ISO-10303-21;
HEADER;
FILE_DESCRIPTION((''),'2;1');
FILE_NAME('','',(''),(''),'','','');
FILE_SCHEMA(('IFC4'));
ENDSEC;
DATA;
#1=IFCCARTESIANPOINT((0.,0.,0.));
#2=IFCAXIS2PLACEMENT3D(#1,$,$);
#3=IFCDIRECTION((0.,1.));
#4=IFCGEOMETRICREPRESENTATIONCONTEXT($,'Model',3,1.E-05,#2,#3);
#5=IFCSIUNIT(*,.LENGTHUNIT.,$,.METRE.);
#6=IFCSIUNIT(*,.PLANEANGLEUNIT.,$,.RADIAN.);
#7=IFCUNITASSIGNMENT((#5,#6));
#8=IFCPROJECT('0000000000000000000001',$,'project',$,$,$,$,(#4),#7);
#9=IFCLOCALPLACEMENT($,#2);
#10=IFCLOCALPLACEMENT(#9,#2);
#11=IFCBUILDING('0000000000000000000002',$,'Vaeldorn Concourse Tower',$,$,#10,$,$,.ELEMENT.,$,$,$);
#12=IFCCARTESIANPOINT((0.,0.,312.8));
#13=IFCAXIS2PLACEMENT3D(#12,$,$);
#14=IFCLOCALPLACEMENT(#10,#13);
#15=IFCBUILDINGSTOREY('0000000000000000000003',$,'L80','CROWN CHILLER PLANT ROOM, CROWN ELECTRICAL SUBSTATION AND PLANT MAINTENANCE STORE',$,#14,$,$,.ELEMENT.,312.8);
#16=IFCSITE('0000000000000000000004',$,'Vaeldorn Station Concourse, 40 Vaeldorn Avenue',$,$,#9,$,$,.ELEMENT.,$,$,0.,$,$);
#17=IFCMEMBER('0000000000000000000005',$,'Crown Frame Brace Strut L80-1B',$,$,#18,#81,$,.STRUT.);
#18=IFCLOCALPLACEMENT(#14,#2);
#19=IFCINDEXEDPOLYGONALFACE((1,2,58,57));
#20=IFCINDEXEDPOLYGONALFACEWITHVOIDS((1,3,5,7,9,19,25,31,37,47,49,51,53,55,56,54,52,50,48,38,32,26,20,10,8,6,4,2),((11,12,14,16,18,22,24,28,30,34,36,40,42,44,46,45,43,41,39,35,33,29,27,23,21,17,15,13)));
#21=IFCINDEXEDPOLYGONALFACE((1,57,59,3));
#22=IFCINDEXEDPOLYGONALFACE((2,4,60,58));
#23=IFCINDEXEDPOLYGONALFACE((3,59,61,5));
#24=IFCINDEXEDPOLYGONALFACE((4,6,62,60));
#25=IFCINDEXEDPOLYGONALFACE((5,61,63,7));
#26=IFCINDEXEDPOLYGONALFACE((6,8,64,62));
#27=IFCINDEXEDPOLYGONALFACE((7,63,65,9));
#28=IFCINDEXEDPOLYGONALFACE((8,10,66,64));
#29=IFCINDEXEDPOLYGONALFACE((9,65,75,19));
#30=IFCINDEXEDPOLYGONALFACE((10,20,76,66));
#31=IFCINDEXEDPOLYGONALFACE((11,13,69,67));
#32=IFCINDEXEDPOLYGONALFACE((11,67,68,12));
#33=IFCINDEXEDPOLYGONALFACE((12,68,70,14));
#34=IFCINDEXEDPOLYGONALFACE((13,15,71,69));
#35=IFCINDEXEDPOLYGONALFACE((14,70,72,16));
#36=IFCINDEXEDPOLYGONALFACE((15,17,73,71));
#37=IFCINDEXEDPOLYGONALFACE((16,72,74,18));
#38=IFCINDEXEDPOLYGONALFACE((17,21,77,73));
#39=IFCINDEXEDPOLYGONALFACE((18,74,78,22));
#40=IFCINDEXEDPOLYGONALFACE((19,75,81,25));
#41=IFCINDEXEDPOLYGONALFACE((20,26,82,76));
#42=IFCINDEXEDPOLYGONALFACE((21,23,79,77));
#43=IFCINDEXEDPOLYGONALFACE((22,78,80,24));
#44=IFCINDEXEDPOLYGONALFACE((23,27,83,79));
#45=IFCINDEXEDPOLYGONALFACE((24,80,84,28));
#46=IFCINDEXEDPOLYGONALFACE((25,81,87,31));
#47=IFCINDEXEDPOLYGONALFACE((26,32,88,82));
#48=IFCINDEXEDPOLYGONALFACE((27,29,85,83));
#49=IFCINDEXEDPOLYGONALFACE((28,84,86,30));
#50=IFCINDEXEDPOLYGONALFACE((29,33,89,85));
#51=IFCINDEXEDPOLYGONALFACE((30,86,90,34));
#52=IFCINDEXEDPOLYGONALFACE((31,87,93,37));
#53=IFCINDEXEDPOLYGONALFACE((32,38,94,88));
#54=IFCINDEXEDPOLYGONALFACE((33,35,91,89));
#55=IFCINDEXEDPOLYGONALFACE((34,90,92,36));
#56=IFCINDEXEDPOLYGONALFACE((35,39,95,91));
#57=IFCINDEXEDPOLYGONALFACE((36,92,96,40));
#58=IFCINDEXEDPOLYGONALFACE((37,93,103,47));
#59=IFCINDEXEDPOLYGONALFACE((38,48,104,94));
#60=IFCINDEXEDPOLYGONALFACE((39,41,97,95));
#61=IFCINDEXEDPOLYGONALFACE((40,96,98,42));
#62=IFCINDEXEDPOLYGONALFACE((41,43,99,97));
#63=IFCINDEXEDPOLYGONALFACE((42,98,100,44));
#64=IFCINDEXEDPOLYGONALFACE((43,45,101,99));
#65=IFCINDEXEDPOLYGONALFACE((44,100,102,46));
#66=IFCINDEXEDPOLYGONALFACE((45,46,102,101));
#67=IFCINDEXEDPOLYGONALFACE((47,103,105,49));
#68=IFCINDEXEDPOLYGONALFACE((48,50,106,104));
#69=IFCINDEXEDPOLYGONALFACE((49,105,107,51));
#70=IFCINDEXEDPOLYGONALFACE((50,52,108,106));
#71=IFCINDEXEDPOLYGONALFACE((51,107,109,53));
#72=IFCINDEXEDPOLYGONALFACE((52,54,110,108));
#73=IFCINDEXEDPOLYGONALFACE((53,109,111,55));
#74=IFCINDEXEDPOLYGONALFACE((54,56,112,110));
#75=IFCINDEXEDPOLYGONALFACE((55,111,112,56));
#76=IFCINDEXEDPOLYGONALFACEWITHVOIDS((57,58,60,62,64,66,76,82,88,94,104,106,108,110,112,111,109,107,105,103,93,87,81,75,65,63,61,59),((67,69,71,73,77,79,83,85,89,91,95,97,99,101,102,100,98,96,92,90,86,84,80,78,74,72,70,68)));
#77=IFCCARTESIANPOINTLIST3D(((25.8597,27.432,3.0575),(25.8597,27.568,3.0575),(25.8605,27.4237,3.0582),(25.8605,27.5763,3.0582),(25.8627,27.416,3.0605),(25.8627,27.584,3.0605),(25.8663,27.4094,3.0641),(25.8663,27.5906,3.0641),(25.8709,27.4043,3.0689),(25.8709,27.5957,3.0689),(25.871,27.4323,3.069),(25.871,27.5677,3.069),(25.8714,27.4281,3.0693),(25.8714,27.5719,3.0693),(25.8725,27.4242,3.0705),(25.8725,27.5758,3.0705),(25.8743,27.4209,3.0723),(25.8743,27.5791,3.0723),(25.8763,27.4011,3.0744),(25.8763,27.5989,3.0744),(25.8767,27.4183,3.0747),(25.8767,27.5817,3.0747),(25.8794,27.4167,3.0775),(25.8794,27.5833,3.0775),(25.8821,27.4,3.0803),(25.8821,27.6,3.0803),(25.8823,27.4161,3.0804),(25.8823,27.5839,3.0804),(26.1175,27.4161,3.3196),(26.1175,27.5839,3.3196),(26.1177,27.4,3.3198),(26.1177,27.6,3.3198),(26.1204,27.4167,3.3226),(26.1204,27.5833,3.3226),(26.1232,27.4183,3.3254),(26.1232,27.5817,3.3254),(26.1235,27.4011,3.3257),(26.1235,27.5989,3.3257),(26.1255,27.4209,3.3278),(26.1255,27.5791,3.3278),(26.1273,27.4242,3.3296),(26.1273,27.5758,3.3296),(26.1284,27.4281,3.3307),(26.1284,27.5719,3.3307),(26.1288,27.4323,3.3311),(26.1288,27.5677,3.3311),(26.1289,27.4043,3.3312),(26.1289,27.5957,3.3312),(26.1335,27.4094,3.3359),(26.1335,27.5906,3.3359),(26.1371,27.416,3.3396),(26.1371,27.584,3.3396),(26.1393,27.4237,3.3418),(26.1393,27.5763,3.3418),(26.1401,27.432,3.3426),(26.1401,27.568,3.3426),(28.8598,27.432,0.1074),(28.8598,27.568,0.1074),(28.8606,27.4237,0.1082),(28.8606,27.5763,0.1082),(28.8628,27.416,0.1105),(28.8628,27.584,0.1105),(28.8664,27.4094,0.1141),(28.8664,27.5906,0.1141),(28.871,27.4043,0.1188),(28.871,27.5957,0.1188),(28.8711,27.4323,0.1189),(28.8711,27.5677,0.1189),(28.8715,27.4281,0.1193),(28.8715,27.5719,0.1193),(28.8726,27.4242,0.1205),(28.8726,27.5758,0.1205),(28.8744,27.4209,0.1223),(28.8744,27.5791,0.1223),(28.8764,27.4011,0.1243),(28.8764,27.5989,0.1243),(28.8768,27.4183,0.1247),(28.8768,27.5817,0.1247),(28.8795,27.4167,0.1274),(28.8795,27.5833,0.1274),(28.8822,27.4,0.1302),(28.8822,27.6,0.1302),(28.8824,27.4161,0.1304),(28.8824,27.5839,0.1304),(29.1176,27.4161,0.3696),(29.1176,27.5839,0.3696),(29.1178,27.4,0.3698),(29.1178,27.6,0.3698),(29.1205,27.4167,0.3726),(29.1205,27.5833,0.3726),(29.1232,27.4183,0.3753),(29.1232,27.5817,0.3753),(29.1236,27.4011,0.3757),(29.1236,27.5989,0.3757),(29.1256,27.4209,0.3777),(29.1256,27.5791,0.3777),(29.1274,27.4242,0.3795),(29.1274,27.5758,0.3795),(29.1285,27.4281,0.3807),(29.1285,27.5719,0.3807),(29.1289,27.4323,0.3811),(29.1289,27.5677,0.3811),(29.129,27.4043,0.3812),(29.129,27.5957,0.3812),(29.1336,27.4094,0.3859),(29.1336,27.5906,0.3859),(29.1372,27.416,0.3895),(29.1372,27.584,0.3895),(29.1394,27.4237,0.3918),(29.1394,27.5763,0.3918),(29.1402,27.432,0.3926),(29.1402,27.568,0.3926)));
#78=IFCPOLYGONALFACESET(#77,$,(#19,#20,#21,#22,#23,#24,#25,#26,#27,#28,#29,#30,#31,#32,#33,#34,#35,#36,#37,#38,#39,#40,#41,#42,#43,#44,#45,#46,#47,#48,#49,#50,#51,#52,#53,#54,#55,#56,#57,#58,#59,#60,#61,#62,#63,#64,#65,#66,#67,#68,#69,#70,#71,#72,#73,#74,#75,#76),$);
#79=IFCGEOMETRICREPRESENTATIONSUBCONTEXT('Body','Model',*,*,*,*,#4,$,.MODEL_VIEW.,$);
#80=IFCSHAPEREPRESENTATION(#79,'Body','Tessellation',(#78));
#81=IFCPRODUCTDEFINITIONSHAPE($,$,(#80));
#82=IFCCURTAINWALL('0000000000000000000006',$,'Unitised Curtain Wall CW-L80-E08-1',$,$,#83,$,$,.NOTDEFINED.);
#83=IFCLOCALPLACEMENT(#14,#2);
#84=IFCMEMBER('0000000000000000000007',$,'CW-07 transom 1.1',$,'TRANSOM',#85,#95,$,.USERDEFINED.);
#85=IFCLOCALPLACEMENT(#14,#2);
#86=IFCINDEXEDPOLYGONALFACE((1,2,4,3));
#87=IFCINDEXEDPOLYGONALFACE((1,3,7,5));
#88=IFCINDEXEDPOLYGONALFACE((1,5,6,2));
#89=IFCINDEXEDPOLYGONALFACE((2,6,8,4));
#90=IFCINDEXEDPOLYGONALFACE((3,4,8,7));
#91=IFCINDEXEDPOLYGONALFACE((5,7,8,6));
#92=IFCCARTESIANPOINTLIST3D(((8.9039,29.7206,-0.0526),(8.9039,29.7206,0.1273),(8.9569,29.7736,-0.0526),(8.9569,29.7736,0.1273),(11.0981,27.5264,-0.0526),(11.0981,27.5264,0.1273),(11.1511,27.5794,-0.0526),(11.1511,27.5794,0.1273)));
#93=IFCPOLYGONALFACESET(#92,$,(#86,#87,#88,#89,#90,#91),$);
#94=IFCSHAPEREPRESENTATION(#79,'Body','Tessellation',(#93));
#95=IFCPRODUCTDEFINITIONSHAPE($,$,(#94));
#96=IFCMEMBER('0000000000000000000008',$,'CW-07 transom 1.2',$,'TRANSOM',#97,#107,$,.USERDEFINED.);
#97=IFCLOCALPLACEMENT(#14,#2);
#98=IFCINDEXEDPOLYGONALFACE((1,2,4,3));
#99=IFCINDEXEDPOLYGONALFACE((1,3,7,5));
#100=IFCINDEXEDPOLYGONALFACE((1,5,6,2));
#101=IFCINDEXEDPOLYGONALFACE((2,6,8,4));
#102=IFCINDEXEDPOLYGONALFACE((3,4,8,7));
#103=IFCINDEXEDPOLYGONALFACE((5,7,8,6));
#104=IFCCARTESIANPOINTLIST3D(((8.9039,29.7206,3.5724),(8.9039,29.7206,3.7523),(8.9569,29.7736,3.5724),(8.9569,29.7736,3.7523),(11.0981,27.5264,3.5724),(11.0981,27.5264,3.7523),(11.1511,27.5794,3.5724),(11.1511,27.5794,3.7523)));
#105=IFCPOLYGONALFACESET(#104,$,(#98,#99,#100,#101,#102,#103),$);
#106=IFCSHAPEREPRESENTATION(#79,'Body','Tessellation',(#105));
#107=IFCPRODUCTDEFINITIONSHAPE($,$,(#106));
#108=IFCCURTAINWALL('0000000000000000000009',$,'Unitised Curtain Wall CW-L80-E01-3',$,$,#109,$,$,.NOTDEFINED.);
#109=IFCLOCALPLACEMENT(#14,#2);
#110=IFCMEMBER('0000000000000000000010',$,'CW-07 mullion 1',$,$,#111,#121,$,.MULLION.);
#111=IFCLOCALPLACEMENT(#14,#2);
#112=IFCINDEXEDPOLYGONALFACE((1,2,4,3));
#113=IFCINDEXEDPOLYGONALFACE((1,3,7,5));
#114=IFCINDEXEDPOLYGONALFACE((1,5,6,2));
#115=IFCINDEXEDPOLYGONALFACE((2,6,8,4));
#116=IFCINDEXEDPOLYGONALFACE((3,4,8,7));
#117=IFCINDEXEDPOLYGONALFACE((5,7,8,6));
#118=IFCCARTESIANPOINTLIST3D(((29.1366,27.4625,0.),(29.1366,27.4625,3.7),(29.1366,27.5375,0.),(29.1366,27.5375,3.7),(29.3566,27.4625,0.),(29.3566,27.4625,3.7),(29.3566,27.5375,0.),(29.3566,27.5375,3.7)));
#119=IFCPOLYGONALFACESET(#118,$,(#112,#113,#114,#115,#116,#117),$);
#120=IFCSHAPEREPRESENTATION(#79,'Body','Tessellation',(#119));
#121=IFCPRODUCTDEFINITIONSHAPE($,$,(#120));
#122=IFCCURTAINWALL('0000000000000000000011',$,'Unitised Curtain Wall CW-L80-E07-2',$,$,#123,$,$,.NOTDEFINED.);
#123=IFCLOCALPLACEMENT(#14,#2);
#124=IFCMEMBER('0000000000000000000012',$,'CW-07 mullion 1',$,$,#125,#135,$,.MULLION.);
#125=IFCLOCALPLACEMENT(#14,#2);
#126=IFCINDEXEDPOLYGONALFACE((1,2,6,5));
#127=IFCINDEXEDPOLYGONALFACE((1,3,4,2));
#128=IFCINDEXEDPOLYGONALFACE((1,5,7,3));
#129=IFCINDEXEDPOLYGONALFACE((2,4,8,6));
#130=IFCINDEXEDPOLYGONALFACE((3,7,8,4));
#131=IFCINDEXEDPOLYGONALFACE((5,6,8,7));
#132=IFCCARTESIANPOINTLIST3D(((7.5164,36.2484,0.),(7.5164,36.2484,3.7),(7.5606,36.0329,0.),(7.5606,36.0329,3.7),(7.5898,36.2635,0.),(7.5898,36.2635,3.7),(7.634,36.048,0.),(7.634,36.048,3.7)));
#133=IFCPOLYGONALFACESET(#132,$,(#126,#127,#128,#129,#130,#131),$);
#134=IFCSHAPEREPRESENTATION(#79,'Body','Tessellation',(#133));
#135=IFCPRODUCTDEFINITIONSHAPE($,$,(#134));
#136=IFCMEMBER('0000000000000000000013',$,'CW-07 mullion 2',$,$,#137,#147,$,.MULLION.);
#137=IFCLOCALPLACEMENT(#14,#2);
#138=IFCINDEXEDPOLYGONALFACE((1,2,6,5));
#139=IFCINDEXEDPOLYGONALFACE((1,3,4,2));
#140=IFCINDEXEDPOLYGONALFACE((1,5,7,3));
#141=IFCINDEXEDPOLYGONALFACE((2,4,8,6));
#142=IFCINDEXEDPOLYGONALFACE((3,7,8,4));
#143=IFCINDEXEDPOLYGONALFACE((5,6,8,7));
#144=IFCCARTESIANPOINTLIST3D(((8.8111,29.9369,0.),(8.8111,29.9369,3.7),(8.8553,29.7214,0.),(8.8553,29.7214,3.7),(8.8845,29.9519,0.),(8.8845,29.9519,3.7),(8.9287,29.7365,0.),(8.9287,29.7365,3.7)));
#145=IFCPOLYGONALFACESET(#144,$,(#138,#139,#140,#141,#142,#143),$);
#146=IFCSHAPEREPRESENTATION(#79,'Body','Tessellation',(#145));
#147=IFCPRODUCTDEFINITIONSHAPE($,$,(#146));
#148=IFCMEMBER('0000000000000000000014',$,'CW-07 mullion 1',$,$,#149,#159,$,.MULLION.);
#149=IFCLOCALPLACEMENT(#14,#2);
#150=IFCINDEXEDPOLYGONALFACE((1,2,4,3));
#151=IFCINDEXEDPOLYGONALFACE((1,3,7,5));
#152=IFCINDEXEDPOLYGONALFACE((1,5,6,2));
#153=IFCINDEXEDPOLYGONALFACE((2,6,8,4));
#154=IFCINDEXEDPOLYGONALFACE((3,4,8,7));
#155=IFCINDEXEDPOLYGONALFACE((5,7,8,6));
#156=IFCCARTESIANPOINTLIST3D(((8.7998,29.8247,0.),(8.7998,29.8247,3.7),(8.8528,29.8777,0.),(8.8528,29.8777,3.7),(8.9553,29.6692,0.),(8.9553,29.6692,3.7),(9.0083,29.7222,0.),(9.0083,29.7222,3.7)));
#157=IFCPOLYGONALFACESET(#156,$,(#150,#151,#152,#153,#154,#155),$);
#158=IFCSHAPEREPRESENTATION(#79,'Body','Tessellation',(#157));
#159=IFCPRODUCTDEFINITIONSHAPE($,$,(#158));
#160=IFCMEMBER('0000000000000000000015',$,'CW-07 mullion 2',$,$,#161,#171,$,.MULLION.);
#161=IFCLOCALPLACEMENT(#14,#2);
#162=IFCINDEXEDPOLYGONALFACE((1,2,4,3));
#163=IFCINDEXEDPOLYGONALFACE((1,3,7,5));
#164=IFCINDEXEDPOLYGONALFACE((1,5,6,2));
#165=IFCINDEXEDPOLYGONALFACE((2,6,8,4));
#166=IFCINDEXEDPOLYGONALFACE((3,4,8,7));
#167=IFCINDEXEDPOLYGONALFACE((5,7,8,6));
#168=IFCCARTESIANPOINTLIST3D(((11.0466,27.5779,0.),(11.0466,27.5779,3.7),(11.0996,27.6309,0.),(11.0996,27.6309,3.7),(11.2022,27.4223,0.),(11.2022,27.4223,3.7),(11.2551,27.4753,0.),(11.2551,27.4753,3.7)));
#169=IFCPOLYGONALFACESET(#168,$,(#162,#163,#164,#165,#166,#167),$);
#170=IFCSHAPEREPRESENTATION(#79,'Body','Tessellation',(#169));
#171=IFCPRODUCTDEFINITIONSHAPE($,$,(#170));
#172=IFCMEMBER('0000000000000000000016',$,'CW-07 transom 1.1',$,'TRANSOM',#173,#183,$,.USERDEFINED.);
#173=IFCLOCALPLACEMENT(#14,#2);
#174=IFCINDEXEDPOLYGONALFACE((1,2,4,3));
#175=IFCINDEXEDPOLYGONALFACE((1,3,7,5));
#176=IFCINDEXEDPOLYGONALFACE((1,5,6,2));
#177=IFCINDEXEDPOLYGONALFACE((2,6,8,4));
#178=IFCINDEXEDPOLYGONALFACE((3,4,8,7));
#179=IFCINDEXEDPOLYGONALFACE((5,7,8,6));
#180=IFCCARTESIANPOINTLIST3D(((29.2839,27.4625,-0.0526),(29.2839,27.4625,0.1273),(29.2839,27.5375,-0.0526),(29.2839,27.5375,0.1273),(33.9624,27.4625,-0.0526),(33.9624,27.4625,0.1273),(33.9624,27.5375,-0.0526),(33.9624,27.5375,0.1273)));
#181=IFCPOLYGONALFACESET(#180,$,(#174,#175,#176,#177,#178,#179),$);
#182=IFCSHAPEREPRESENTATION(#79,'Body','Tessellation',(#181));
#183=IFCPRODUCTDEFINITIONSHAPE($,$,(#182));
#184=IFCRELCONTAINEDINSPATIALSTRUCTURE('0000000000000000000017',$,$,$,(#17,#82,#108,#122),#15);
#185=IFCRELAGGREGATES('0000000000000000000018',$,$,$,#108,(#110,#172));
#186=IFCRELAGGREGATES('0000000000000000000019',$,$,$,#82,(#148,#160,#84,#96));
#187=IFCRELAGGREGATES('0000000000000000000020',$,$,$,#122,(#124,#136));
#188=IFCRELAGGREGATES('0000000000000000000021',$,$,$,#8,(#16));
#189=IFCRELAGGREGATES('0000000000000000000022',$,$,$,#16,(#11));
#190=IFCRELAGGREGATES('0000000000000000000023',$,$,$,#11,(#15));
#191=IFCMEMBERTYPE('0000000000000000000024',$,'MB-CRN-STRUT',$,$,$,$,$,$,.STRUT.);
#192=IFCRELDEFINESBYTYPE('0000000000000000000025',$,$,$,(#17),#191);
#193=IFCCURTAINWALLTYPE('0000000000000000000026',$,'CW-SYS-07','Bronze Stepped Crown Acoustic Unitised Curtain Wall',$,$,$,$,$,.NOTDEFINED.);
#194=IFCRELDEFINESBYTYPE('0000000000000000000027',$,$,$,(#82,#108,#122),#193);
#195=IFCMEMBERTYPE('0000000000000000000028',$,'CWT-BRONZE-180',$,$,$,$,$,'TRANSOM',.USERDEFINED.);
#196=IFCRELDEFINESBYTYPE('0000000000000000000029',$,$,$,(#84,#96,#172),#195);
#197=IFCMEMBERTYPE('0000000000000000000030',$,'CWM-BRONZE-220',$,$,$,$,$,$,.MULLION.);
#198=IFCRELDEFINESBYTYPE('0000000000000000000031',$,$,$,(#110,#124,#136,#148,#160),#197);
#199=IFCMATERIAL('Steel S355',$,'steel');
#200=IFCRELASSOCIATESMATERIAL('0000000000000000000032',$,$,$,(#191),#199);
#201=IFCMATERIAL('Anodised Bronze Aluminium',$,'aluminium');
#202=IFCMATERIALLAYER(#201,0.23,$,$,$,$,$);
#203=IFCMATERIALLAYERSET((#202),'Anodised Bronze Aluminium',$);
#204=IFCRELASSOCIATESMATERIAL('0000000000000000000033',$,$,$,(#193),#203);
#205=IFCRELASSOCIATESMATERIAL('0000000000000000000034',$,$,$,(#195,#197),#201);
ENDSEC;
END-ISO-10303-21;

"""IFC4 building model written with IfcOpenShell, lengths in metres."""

from ifc_helpers import new_model, si_unit, direction, frame, origin, origin_2d, place, context, subcontext, project, spatial, rectangle, hollow_rectangle, extrude, source, transform, mapped, material, layer, layer_set, material_profile, profile_set, type_object, element, aggregate, save


model = new_model("IFC4")

# Units and contexts
model_context = context("Model", 3, precision=1e-05, world=origin(), true_north=direction((0.0, 1.0)))
body_context = subcontext(model_context, "Body", "Model", "MODEL_VIEW")
ifc_project = project(units=[si_unit("LENGTHUNIT", "METRE"), si_unit("PLANEANGLEUNIT", "RADIAN")], contexts=[model_context])

# Site, building, storey
site_placement = place(None, origin())
site = spatial("IfcSite", under=ifc_project, at=site_placement, Name="Vaeldorn Station Concourse, 40 Vaeldorn Avenue", CompositionType="ELEMENT", RefElevation=0.0)
building_placement = place(site_placement, origin())
building = spatial("IfcBuilding", under=site, at=building_placement, Name="Vaeldorn Concourse Tower", CompositionType="ELEMENT")
storey_placement = place(building_placement, frame((0.0, 0.0, 312.8)))
storey = spatial("IfcBuildingStorey", under=building, at=storey_placement, Name="L80", Description="CROWN CHILLER PLANT ROOM, CROWN ELECTRICAL SUBSTATION AND PLANT MAINTENANCE STORE", CompositionType="ELEMENT", Elevation=312.8)

# Shared definitions
ifc_material_1 = material(Name="Steel S355", Category="steel")

# Member
ifc_material_profile_1 = material_profile(ifc_material_1, hollow_rectangle(XDim=0.2, YDim=0.3999, WallThickness=0.0161, InnerFilletRadius=0.0161, OuterFilletRadius=0.032, at=origin_2d()), Name="RHS 400x200x16")
ifc_profile_set_1 = profile_set([ifc_material_profile_1], Name="Steel S355")
member_type_1 = type_object("IfcMemberType", Name="MB-CRN-STRUT", PredefinedType="STRUT", material=ifc_profile_set_1)
shared_shape_1 = source(origin(), body_context, "Body", "SweptSolid", [
    extrude(hollow_rectangle(XDim=0.2, YDim=0.3999, WallThickness=0.0161, InnerFilletRadius=0.0161, OuterFilletRadius=0.032, at=origin_2d()), origin(), (0.0, 0.0, 1.0), 4.2075),
])
member_1_placement = place(storey_placement, frame((29.0, 27.5, 0.25), z_axis=(-0.713029, 0.0, 0.701134), x_axis=(0.0, -1.0, 0.0)))
element("IfcMember", 1, at=member_1_placement, inside=storey, type_object=member_type_1, Name="Crown Frame Brace Strut L80-1B", PredefinedType="STRUT", context=body_context, shape_type="MappedRepresentation", body=[
    mapped(shared_shape_1, transform((0.0, 0.0, 0.0), scale=1.0)),
])

# Curtain wall, members
ifc_material_2 = material(Name="Anodised Bronze Aluminium", Category="aluminium")
ifc_layer_1 = layer(ifc_material_2, 0.23)
ifc_layer_set_1 = layer_set([ifc_layer_1], Name="Anodised Bronze Aluminium")
curtain_wall_type = type_object("IfcCurtainWallType", Name="CW-SYS-07", Description="Bronze Stepped Crown Acoustic Unitised Curtain Wall", PredefinedType="NOTDEFINED", material=ifc_layer_set_1)
curtain_wall_1_placement = place(storey_placement, origin())
curtain_wall_1 = element("IfcCurtainWall", 2, at=curtain_wall_1_placement, inside=storey, type_object=curtain_wall_type, Name="Unitised Curtain Wall CW-L80-E08-1", PredefinedType="NOTDEFINED")
ifc_material_profile_2 = material_profile(ifc_material_2, rectangle(XDim=0.075, YDim=0.1799, at=origin_2d()), Name="CWT 75x180")
ifc_profile_set_2 = profile_set([ifc_material_profile_2], Name="Anodised Bronze Aluminium")
member_type_2 = type_object("IfcMemberType", Name="CWT-BRONZE-180", ElementType="TRANSOM", PredefinedType="USERDEFINED", material=ifc_profile_set_2)
shared_shape_2 = source(origin(), body_context, "Body", "SweptSolid", [
    extrude(rectangle(XDim=0.075, YDim=0.1799, at=origin_2d()), origin(), (0.0, 0.0, 1.0), 3.103),
])
member_2_placement = place(storey_placement, frame((8.9304, 29.7471, 0.0374), z_axis=(0.707107, -0.707107, 0.0), x_axis=(0.707107, 0.707107, 0.0)))
member_2 = element("IfcMember", 3, at=member_2_placement, type_object=member_type_2, Name="CW-07 transom 1.1", ObjectType="TRANSOM", PredefinedType="USERDEFINED", context=body_context, shape_type="MappedRepresentation", body=[
    mapped(shared_shape_2, transform((0.0, 0.0, 0.0), scale=1.0)),
])
member_3_placement = place(storey_placement, frame((8.9304, 29.7471, 3.6624), z_axis=(0.707107, -0.707107, 0.0), x_axis=(0.707107, 0.707107, 0.0)))
member_3 = element("IfcMember", 4, at=member_3_placement, type_object=member_type_2, Name="CW-07 transom 1.2", ObjectType="TRANSOM", PredefinedType="USERDEFINED", context=body_context, shape_type="MappedRepresentation", body=[
    mapped(shared_shape_2, transform((0.0, 0.0, 0.0), scale=1.0)),
])

# Curtain wall, member
curtain_wall_2_placement = place(storey_placement, origin())
curtain_wall_2 = element("IfcCurtainWall", 5, at=curtain_wall_2_placement, inside=storey, type_object=curtain_wall_type, Name="Unitised Curtain Wall CW-L80-E01-3", PredefinedType="NOTDEFINED")
ifc_material_profile_3 = material_profile(ifc_material_2, rectangle(XDim=0.075, YDim=0.22, at=origin_2d()), Name="CWM 75x220")
ifc_profile_set_3 = profile_set([ifc_material_profile_3], Name="Anodised Bronze Aluminium")
member_type_3 = type_object("IfcMemberType", Name="CWM-BRONZE-220", PredefinedType="MULLION", material=ifc_profile_set_3)
shared_shape_3 = source(origin(), body_context, "Body", "SweptSolid", [
    extrude(rectangle(XDim=0.075, YDim=0.22, at=origin_2d()), origin(), (0.0, 0.0, 1.0), 3.7),
])
member_4_placement = place(storey_placement, frame((29.2466, 27.5, 0.0), z_axis=(0.0, 0.0, 1.0), x_axis=(0.0, 1.0, 0.0)))
member_4 = element("IfcMember", 6, at=member_4_placement, type_object=member_type_3, Name="CW-07 mullion 1", PredefinedType="MULLION", context=body_context, shape_type="MappedRepresentation", body=[
    mapped(shared_shape_3, transform((0.0, 0.0, 0.0), scale=1.0)),
])

# Curtain wall, members
curtain_wall_3_placement = place(storey_placement, origin())
curtain_wall_3 = element("IfcCurtainWall", 7, at=curtain_wall_3_placement, inside=storey, type_object=curtain_wall_type, Name="Unitised Curtain Wall CW-L80-E07-2", PredefinedType="NOTDEFINED")
member_5_placement = place(storey_placement, frame((7.5752, 36.1482, 0.0), z_axis=(0.0, 0.0, 1.0), x_axis=(0.979598, 0.200967, 0.0)))
member_5 = element("IfcMember", 8, at=member_5_placement, type_object=member_type_3, Name="CW-07 mullion 1", PredefinedType="MULLION", context=body_context, shape_type="MappedRepresentation", body=[
    mapped(shared_shape_3, transform((0.0, 0.0, 0.0), scale=1.0)),
])
member_6_placement = place(storey_placement, frame((8.8699, 29.8367, 0.0), z_axis=(0.0, 0.0, 1.0), x_axis=(0.979598, 0.200967, 0.0)))
member_6 = element("IfcMember", 9, at=member_6_placement, type_object=member_type_3, Name="CW-07 mullion 2", PredefinedType="MULLION", context=body_context, shape_type="MappedRepresentation", body=[
    mapped(shared_shape_3, transform((0.0, 0.0, 0.0), scale=1.0)),
])

# Members
member_7_placement = place(storey_placement, frame((8.9041, 29.7734, 0.0), z_axis=(0.0, 0.0, 1.0), x_axis=(0.707107, 0.707107, 0.0)))
member_7 = element("IfcMember", 10, at=member_7_placement, type_object=member_type_3, Name="CW-07 mullion 1", PredefinedType="MULLION", context=body_context, shape_type="MappedRepresentation", body=[
    mapped(shared_shape_3, transform((0.0, 0.0, 0.0), scale=1.0)),
])
member_8_placement = place(storey_placement, frame((11.1509, 27.5266, 0.0), z_axis=(0.0, 0.0, 1.0), x_axis=(0.707107, 0.707107, 0.0)))
member_8 = element("IfcMember", 11, at=member_8_placement, type_object=member_type_3, Name="CW-07 mullion 2", PredefinedType="MULLION", context=body_context, shape_type="MappedRepresentation", body=[
    mapped(shared_shape_3, transform((0.0, 0.0, 0.0), scale=1.0)),
])
shared_shape_4 = source(origin(), body_context, "Body", "SweptSolid", [
    extrude(rectangle(XDim=0.075, YDim=0.1799, at=origin_2d()), origin(), (0.0, 0.0, 1.0), 4.6785),
])
member_9_placement = place(storey_placement, frame((29.2839, 27.5, 0.0374), z_axis=(1.0, 0.0, 0.0), x_axis=(0.0, 1.0, 0.0)))
member_9 = element("IfcMember", 12, at=member_9_placement, type_object=member_type_2, Name="CW-07 transom 1.1", ObjectType="TRANSOM", PredefinedType="USERDEFINED", context=body_context, shape_type="MappedRepresentation", body=[
    mapped(shared_shape_4, transform((0.0, 0.0, 0.0), scale=1.0)),
])
aggregate(curtain_wall_2, [member_4, member_9])

aggregate(curtain_wall_1, [member_7, member_8, member_2, member_3])
aggregate(curtain_wall_3, [member_5, member_6])

save(model, "model.ifc")
